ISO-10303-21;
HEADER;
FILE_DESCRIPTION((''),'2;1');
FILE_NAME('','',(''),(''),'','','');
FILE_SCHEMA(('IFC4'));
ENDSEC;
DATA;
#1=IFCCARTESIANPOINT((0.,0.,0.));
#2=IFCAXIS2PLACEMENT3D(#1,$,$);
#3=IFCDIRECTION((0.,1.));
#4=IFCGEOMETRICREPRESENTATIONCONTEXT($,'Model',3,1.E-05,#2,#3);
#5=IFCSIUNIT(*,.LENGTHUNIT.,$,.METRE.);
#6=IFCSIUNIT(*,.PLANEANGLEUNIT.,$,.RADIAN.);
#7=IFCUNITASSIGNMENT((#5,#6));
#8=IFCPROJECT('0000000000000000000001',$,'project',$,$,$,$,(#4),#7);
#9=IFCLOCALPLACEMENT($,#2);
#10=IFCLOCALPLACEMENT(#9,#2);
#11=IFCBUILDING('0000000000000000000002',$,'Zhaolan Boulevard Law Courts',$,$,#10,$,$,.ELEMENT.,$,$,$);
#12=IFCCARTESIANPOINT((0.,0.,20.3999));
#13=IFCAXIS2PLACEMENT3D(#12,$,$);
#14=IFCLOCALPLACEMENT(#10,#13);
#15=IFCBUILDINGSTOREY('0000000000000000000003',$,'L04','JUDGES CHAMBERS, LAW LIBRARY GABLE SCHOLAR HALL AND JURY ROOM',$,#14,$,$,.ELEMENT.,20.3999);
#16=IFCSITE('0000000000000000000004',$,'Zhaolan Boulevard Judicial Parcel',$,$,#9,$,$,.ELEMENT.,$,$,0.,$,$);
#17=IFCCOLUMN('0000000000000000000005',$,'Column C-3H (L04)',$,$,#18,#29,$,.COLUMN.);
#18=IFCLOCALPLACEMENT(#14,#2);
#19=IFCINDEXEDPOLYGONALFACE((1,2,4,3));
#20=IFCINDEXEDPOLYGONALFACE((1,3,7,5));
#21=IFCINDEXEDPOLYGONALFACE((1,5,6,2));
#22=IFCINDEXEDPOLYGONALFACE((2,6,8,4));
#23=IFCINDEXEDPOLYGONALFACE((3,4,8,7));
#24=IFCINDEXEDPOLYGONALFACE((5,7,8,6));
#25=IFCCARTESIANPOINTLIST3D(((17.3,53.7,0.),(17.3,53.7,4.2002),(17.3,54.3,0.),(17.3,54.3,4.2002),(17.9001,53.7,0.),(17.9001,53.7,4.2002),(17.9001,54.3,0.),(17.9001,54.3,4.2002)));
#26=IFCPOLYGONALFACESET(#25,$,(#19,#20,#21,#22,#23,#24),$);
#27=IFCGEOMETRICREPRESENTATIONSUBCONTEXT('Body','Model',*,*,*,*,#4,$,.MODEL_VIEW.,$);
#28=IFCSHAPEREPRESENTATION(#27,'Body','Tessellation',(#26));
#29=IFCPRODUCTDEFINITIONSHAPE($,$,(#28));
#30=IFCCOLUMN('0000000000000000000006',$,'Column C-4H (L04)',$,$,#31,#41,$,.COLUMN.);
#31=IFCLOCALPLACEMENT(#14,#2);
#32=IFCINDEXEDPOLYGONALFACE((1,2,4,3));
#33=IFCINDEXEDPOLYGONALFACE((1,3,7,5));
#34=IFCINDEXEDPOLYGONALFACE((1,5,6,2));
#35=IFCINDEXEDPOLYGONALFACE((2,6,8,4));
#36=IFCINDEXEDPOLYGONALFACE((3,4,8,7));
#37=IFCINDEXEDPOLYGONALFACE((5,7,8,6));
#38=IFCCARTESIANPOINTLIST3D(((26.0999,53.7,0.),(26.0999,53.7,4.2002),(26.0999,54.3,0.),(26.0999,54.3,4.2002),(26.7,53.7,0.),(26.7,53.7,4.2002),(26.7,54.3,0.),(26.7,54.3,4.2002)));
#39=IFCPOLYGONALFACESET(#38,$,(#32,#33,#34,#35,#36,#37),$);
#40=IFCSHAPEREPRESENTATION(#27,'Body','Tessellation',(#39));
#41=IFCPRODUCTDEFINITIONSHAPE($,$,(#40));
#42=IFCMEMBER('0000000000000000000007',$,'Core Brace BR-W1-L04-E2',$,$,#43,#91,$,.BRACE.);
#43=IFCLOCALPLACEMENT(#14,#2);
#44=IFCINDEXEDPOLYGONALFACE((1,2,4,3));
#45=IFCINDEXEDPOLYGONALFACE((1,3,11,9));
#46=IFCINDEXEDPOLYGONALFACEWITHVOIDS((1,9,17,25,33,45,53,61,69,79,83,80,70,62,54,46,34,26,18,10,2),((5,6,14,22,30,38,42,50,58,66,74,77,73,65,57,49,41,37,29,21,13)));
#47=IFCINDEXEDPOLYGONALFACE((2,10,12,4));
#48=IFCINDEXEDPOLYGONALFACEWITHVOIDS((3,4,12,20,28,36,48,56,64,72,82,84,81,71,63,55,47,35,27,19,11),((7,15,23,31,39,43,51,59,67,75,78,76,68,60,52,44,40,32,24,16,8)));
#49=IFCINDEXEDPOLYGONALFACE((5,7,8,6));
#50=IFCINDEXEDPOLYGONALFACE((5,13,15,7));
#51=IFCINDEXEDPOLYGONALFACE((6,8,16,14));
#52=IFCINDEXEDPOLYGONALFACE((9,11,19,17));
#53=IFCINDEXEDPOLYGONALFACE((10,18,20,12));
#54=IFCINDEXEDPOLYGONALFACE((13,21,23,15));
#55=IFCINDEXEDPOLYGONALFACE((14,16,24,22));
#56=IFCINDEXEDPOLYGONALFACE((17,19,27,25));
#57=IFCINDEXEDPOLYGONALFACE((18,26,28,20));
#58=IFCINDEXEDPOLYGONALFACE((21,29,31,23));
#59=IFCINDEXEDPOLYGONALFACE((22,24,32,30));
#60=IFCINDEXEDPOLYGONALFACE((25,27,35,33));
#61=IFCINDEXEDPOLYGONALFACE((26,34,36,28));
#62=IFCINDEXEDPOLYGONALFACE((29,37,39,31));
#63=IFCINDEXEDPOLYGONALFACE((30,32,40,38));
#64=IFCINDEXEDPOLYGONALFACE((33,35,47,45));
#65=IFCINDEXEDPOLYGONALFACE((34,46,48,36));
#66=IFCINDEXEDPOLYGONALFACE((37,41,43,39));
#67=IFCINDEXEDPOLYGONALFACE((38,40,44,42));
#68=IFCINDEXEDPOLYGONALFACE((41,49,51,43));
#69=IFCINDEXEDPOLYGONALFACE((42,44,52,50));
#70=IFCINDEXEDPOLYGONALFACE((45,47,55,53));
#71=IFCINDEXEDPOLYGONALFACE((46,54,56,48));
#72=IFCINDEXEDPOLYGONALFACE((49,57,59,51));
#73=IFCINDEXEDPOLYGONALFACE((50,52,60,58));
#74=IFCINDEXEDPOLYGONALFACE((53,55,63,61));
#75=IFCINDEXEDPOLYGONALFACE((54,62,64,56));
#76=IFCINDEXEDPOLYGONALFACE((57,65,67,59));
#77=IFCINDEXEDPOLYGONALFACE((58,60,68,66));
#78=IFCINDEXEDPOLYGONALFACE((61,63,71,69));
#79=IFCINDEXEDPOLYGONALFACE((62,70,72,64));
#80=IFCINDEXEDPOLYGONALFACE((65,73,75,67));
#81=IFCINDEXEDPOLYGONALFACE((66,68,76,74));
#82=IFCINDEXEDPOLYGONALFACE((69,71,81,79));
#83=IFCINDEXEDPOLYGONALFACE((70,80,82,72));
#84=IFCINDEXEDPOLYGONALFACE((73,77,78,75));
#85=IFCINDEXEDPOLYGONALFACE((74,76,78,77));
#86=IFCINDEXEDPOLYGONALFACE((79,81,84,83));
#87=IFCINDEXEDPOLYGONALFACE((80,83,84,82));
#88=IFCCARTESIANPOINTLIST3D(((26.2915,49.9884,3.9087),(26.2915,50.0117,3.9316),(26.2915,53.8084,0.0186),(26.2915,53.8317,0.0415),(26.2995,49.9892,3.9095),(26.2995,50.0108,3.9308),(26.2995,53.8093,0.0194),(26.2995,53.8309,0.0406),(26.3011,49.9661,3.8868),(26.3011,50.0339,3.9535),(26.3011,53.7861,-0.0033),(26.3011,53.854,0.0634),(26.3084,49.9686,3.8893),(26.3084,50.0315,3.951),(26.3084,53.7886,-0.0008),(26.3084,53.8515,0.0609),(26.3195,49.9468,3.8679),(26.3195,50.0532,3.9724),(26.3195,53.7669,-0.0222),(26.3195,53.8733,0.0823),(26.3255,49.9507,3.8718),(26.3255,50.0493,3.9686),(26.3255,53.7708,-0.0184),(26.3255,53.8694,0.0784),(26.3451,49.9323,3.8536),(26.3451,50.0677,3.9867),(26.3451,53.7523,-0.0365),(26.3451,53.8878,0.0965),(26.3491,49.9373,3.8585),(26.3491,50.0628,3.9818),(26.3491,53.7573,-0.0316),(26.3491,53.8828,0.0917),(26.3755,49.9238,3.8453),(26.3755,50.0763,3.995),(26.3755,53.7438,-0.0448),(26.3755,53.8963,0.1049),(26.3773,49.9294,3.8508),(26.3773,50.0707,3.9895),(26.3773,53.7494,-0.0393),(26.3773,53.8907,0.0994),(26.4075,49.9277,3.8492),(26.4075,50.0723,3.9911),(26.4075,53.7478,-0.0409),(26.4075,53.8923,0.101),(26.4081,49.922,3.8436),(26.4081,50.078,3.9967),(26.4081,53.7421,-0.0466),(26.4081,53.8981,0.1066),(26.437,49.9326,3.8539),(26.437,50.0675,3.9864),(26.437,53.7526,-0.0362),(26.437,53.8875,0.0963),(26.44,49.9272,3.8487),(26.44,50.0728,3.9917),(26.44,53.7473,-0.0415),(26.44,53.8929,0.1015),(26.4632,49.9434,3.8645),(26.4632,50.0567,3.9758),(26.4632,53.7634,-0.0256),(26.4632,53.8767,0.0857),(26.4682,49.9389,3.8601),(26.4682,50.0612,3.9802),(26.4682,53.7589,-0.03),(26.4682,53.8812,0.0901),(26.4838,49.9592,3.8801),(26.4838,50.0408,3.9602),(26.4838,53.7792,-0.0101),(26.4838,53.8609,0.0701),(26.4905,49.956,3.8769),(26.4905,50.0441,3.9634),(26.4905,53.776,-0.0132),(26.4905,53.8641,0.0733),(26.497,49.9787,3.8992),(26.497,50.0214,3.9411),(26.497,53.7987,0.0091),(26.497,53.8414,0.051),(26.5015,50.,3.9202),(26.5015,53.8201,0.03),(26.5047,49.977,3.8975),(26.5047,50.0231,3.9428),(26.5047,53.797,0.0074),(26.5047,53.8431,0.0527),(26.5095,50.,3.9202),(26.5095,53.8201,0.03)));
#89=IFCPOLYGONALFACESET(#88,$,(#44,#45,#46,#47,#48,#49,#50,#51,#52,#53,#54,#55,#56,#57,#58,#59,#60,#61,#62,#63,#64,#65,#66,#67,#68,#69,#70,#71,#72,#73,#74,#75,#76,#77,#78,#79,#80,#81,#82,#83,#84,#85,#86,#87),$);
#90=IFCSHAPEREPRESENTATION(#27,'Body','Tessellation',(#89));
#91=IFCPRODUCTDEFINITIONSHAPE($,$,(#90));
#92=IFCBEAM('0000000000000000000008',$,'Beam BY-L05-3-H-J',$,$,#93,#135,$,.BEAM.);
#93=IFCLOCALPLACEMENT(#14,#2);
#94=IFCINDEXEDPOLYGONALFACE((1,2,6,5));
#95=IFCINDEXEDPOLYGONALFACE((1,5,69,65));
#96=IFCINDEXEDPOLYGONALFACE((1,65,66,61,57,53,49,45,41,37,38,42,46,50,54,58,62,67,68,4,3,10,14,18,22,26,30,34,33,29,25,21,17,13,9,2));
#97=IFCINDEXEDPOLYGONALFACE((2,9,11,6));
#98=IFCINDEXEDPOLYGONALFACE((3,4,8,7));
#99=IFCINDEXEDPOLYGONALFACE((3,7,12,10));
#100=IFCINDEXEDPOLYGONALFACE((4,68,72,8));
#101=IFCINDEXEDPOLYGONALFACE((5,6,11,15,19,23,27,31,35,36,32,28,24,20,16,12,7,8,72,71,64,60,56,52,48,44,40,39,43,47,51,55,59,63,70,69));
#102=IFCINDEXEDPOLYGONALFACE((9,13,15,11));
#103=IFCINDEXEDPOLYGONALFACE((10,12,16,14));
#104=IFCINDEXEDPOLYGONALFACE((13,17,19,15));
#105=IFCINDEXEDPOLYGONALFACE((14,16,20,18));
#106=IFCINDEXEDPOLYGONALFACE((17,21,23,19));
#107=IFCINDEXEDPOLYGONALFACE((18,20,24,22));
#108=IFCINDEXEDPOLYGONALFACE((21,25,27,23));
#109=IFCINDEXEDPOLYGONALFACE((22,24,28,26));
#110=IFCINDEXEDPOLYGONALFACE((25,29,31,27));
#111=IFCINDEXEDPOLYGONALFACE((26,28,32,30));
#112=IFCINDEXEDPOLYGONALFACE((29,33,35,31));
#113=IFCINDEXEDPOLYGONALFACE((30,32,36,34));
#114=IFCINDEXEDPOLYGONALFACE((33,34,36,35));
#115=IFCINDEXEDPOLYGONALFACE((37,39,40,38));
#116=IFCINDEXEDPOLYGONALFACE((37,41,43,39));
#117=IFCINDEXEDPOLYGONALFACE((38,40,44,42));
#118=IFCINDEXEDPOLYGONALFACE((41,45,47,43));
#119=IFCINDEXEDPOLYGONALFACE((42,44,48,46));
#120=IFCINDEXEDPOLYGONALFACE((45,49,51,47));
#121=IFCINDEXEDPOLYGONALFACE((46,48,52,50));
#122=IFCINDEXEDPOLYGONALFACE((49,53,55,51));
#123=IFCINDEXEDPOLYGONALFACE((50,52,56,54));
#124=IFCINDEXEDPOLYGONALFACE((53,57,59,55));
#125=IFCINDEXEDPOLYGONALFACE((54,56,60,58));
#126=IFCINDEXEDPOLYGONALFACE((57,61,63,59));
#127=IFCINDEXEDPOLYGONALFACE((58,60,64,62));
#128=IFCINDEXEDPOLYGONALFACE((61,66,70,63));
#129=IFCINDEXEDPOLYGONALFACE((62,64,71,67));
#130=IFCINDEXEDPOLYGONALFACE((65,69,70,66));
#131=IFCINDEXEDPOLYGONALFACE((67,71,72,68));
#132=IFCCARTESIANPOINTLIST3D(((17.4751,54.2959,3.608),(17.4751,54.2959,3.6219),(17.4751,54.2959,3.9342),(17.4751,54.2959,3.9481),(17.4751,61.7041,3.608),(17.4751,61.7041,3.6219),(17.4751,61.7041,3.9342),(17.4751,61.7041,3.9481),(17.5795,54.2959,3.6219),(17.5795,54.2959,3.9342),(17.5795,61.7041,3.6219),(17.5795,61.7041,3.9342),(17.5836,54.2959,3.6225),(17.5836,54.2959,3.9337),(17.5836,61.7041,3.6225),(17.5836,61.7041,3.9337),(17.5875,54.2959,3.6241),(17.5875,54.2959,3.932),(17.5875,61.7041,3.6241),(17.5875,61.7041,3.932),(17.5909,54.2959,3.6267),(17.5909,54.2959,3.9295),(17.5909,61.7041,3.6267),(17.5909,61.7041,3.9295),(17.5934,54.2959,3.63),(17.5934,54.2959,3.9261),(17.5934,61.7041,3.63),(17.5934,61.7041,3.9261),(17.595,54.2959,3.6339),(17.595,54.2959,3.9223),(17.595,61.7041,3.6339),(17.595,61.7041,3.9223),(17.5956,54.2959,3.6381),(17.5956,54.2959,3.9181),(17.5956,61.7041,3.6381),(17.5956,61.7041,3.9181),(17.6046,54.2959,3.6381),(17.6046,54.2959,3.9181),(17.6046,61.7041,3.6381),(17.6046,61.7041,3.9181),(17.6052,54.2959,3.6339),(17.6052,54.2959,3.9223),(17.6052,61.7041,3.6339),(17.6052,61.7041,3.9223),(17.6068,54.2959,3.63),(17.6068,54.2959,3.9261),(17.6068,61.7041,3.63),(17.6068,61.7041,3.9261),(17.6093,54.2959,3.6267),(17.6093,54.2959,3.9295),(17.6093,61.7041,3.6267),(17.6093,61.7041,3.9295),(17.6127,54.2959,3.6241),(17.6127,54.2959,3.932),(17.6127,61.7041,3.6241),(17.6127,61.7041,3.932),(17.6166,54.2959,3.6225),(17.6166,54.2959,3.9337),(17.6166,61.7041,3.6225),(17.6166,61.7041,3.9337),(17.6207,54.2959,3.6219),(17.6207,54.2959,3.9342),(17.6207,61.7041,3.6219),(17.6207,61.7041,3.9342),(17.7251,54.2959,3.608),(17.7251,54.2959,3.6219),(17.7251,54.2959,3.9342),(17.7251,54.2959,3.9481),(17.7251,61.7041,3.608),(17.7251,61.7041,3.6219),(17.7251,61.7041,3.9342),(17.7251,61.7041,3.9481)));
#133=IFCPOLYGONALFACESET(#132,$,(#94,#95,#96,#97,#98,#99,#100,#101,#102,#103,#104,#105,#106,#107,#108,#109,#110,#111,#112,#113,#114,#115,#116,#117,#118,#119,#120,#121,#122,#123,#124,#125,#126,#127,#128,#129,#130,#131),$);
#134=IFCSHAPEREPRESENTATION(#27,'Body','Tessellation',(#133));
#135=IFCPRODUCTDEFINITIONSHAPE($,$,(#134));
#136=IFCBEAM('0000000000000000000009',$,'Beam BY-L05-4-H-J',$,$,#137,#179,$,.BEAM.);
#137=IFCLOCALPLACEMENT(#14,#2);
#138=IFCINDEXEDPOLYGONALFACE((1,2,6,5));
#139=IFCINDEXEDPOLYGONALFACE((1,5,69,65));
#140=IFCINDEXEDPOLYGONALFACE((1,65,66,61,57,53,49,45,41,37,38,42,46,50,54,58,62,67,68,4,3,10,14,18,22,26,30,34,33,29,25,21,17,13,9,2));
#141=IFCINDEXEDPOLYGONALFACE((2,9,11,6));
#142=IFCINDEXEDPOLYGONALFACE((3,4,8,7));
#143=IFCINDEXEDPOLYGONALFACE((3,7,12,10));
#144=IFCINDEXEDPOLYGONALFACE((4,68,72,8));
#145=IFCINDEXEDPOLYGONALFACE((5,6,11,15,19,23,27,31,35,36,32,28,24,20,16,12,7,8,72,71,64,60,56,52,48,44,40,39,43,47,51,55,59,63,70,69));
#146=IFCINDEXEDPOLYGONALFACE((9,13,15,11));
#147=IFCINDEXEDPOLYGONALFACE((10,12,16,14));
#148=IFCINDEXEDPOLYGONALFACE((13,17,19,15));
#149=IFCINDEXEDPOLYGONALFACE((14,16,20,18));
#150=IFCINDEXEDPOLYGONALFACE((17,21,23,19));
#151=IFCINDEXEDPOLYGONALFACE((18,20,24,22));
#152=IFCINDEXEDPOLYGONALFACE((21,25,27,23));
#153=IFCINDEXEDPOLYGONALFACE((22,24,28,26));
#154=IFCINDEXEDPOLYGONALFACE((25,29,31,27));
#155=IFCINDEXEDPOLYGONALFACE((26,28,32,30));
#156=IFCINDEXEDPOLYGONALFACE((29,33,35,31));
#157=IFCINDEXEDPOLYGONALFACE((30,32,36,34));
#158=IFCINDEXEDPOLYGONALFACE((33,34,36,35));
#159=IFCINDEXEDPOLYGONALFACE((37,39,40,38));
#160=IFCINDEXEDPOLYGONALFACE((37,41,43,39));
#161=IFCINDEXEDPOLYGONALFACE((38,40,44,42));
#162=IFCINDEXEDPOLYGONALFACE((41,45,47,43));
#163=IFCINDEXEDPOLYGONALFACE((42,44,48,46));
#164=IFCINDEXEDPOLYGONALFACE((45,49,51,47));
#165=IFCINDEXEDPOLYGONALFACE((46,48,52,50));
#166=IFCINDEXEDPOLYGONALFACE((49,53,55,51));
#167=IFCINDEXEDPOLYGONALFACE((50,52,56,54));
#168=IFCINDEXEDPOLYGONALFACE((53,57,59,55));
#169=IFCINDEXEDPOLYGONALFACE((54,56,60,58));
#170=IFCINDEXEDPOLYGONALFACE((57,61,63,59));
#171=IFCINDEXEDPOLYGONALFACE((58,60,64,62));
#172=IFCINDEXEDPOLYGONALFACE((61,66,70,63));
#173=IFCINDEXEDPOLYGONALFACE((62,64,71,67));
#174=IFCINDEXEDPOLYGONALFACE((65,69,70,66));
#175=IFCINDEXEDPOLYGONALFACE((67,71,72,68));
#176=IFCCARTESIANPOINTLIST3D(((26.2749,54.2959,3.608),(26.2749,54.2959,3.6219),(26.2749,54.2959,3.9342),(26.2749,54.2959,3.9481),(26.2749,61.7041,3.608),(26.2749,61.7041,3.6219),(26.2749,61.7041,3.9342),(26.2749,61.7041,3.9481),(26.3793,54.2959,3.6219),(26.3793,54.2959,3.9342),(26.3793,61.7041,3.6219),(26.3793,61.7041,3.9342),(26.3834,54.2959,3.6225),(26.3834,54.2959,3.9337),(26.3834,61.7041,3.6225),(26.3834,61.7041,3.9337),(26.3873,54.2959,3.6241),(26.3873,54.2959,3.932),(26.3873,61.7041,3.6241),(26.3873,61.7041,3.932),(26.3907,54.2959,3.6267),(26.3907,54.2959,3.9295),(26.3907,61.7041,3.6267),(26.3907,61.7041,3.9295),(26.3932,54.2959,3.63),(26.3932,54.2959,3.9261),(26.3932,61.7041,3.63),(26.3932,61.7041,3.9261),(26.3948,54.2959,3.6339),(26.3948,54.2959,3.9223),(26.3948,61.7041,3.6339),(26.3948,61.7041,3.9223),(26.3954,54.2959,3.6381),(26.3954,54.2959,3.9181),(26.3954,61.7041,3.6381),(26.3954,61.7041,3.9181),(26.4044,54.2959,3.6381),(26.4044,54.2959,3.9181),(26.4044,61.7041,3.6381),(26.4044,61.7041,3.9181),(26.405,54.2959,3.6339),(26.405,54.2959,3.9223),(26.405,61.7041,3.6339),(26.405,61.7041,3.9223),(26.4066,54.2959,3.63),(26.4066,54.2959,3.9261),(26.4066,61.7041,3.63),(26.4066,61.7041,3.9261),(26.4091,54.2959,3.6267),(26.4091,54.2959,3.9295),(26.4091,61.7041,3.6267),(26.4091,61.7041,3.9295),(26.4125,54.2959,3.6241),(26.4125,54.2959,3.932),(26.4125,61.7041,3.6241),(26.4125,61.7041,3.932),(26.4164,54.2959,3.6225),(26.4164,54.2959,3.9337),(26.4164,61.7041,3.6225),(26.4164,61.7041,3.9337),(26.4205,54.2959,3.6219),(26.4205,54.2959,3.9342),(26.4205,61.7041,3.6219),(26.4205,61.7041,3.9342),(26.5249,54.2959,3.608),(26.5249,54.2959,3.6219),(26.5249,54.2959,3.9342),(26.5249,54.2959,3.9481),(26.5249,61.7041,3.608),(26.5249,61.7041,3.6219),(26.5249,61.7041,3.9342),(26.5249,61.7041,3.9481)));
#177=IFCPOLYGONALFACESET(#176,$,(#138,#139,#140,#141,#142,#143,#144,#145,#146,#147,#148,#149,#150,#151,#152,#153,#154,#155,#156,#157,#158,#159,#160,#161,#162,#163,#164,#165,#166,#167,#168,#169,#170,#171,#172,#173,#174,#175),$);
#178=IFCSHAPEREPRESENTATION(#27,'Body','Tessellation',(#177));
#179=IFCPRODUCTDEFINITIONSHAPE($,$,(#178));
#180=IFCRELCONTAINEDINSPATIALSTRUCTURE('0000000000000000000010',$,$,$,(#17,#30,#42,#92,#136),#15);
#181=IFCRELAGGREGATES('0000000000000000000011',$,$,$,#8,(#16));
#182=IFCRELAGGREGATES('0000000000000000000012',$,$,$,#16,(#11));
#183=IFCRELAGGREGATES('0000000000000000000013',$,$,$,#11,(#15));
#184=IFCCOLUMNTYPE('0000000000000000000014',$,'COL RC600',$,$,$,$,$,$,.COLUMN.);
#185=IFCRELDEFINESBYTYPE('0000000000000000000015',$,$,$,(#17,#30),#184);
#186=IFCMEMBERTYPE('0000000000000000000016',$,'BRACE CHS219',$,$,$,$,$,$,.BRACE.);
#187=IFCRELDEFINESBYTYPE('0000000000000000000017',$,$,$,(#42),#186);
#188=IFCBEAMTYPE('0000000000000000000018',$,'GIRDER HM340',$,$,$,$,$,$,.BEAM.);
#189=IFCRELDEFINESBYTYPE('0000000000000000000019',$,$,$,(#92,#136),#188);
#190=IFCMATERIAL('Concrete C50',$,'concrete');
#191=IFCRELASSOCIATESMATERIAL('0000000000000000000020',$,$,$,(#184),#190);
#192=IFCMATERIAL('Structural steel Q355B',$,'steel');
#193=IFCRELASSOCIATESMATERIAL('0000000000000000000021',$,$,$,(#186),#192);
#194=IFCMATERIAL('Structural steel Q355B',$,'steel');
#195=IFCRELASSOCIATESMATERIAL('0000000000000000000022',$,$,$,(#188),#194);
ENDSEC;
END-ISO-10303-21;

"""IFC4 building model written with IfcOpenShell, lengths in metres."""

from ifc_helpers import new_model, si_unit, direction, frame, origin, origin_2d, place, context, subcontext, project, spatial, rectangle, hollow_circle, i_section, extrude, material, material_profile, profile_set, type_object, element, save


model = new_model("IFC4")

# Units and contexts
model_context = context("Model", 3, precision=1e-05, world=origin(), true_north=direction((0.0, 1.0)))
body_context = subcontext(model_context, "Body", "Model", "MODEL_VIEW")
ifc_project = project(units=[si_unit("LENGTHUNIT", "METRE"), si_unit("PLANEANGLEUNIT", "RADIAN")], contexts=[model_context])

# Site, building, storey
site_placement = place(None, origin())
site = spatial("IfcSite", under=ifc_project, at=site_placement, Name="Zhaolan Boulevard Judicial Parcel", CompositionType="ELEMENT", RefElevation=0.0)
building_placement = place(site_placement, origin())
building = spatial("IfcBuilding", under=site, at=building_placement, Name="Zhaolan Boulevard Law Courts", CompositionType="ELEMENT")
storey_placement = place(building_placement, frame((0.0, 0.0, 20.3999)))
storey = spatial("IfcBuildingStorey", under=building, at=storey_placement, Name="L04", Description="JUDGES CHAMBERS, LAW LIBRARY GABLE SCHOLAR HALL AND JURY ROOM", CompositionType="ELEMENT", Elevation=20.3999)

# Columns
ifc_material_1 = material(Name="Concrete C50", Category="concrete")
ifc_material_profile_1 = material_profile(ifc_material_1, rectangle(XDim=0.6001, YDim=0.6001, at=origin_2d()), Name="RC600x600")
ifc_profile_set_1 = profile_set([ifc_material_profile_1], Name="Concrete C50")
column_type = type_object("IfcColumnType", Name="COL RC600", PredefinedType="COLUMN", material=ifc_profile_set_1)
for number, where, z_axis, x_axis, name in (
    (1, (17.6001, 54.0, 0.0), (0.0, 0.0, 1.0), (1.0, 0.0, 0.0), "Column C-3H (L04)"),
    (2, (26.3999, 54.0, 0.0), (0.0, 0.0, 1.0), (1.0, 0.0, 0.0), "Column C-4H (L04)"),
):
    element("IfcColumn", number, at=place(storey_placement, frame(where, z_axis=z_axis, x_axis=x_axis)), inside=storey, type_object=column_type, Name=name, PredefinedType="COLUMN", context=body_context, shape_type="SweptSolid", body=[
        extrude(rectangle(XDim=0.6001, YDim=0.6001, at=origin_2d()), origin(), (0.0, 0.0, 1.0), 4.2002),
    ])

# Member
ifc_material_2 = material(Name="Structural steel Q355B", Category="steel")
ifc_material_profile_2 = material_profile(ifc_material_2, hollow_circle(Radius=0.1096, WallThickness=0.0081, at=origin_2d()), Name="CHS219x8")
ifc_profile_set_2 = profile_set([ifc_material_profile_2], Name="Structural steel Q355B")
member_type = type_object("IfcMemberType", Name="BRACE CHS219", PredefinedType="BRACE", material=ifc_profile_set_2)
member_placement = place(storey_placement, frame((26.3999, 53.8201, 0.03), z_axis=(0.0, -0.700652, 0.713503), x_axis=(1.0, 0.0, 0.0)))
element("IfcMember", 3, at=member_placement, inside=storey, type_object=member_type, Name="Core Brace BR-W1-L04-E2", PredefinedType="BRACE", context=body_context, shape_type="SweptSolid", body=[
    extrude(hollow_circle(Radius=0.1096, WallThickness=0.0081, at=origin_2d()), origin(), (0.0, 0.0, 1.0), 5.4521),
])

# Beams
ifc_material_3 = material(Name="Structural steel Q355B", Category="steel")
ifc_material_profile_3 = material_profile(ifc_material_3, i_section(OverallWidth=0.25, OverallDepth=0.3401, WebThickness=0.009, FlangeThickness=0.0139, FilletRadius=0.0161, at=origin_2d()), Name="HM340x250")
ifc_profile_set_3 = profile_set([ifc_material_profile_3], Name="Structural steel Q355B")
beam_type_1 = type_object("IfcBeamType", Name="GIRDER HM340", PredefinedType="BEAM", material=ifc_profile_set_3)
for number, where, z_axis, x_axis, name in (
    (4, (17.6001, 54.2959, 3.7781), (0.0, 1.0, 0.0), (-1.0, 0.0, 0.0), "Beam BY-L05-3-H-J"),
    (5, (26.3999, 54.2959, 3.7781), (0.0, 1.0, 0.0), (-1.0, 0.0, 0.0), "Beam BY-L05-4-H-J"),
):
    element("IfcBeam", number, at=place(storey_placement, frame(where, z_axis=z_axis, x_axis=x_axis)), inside=storey, type_object=beam_type_1, Name=name, PredefinedType="BEAM", context=body_context, shape_type="SweptSolid", body=[
        extrude(i_section(OverallWidth=0.25, OverallDepth=0.3401, WebThickness=0.009, FlangeThickness=0.0139, FilletRadius=0.0161, at=origin_2d()), origin(), (0.0, 0.0, 1.0), 7.4082),
    ])

save(model, "model.ifc")
